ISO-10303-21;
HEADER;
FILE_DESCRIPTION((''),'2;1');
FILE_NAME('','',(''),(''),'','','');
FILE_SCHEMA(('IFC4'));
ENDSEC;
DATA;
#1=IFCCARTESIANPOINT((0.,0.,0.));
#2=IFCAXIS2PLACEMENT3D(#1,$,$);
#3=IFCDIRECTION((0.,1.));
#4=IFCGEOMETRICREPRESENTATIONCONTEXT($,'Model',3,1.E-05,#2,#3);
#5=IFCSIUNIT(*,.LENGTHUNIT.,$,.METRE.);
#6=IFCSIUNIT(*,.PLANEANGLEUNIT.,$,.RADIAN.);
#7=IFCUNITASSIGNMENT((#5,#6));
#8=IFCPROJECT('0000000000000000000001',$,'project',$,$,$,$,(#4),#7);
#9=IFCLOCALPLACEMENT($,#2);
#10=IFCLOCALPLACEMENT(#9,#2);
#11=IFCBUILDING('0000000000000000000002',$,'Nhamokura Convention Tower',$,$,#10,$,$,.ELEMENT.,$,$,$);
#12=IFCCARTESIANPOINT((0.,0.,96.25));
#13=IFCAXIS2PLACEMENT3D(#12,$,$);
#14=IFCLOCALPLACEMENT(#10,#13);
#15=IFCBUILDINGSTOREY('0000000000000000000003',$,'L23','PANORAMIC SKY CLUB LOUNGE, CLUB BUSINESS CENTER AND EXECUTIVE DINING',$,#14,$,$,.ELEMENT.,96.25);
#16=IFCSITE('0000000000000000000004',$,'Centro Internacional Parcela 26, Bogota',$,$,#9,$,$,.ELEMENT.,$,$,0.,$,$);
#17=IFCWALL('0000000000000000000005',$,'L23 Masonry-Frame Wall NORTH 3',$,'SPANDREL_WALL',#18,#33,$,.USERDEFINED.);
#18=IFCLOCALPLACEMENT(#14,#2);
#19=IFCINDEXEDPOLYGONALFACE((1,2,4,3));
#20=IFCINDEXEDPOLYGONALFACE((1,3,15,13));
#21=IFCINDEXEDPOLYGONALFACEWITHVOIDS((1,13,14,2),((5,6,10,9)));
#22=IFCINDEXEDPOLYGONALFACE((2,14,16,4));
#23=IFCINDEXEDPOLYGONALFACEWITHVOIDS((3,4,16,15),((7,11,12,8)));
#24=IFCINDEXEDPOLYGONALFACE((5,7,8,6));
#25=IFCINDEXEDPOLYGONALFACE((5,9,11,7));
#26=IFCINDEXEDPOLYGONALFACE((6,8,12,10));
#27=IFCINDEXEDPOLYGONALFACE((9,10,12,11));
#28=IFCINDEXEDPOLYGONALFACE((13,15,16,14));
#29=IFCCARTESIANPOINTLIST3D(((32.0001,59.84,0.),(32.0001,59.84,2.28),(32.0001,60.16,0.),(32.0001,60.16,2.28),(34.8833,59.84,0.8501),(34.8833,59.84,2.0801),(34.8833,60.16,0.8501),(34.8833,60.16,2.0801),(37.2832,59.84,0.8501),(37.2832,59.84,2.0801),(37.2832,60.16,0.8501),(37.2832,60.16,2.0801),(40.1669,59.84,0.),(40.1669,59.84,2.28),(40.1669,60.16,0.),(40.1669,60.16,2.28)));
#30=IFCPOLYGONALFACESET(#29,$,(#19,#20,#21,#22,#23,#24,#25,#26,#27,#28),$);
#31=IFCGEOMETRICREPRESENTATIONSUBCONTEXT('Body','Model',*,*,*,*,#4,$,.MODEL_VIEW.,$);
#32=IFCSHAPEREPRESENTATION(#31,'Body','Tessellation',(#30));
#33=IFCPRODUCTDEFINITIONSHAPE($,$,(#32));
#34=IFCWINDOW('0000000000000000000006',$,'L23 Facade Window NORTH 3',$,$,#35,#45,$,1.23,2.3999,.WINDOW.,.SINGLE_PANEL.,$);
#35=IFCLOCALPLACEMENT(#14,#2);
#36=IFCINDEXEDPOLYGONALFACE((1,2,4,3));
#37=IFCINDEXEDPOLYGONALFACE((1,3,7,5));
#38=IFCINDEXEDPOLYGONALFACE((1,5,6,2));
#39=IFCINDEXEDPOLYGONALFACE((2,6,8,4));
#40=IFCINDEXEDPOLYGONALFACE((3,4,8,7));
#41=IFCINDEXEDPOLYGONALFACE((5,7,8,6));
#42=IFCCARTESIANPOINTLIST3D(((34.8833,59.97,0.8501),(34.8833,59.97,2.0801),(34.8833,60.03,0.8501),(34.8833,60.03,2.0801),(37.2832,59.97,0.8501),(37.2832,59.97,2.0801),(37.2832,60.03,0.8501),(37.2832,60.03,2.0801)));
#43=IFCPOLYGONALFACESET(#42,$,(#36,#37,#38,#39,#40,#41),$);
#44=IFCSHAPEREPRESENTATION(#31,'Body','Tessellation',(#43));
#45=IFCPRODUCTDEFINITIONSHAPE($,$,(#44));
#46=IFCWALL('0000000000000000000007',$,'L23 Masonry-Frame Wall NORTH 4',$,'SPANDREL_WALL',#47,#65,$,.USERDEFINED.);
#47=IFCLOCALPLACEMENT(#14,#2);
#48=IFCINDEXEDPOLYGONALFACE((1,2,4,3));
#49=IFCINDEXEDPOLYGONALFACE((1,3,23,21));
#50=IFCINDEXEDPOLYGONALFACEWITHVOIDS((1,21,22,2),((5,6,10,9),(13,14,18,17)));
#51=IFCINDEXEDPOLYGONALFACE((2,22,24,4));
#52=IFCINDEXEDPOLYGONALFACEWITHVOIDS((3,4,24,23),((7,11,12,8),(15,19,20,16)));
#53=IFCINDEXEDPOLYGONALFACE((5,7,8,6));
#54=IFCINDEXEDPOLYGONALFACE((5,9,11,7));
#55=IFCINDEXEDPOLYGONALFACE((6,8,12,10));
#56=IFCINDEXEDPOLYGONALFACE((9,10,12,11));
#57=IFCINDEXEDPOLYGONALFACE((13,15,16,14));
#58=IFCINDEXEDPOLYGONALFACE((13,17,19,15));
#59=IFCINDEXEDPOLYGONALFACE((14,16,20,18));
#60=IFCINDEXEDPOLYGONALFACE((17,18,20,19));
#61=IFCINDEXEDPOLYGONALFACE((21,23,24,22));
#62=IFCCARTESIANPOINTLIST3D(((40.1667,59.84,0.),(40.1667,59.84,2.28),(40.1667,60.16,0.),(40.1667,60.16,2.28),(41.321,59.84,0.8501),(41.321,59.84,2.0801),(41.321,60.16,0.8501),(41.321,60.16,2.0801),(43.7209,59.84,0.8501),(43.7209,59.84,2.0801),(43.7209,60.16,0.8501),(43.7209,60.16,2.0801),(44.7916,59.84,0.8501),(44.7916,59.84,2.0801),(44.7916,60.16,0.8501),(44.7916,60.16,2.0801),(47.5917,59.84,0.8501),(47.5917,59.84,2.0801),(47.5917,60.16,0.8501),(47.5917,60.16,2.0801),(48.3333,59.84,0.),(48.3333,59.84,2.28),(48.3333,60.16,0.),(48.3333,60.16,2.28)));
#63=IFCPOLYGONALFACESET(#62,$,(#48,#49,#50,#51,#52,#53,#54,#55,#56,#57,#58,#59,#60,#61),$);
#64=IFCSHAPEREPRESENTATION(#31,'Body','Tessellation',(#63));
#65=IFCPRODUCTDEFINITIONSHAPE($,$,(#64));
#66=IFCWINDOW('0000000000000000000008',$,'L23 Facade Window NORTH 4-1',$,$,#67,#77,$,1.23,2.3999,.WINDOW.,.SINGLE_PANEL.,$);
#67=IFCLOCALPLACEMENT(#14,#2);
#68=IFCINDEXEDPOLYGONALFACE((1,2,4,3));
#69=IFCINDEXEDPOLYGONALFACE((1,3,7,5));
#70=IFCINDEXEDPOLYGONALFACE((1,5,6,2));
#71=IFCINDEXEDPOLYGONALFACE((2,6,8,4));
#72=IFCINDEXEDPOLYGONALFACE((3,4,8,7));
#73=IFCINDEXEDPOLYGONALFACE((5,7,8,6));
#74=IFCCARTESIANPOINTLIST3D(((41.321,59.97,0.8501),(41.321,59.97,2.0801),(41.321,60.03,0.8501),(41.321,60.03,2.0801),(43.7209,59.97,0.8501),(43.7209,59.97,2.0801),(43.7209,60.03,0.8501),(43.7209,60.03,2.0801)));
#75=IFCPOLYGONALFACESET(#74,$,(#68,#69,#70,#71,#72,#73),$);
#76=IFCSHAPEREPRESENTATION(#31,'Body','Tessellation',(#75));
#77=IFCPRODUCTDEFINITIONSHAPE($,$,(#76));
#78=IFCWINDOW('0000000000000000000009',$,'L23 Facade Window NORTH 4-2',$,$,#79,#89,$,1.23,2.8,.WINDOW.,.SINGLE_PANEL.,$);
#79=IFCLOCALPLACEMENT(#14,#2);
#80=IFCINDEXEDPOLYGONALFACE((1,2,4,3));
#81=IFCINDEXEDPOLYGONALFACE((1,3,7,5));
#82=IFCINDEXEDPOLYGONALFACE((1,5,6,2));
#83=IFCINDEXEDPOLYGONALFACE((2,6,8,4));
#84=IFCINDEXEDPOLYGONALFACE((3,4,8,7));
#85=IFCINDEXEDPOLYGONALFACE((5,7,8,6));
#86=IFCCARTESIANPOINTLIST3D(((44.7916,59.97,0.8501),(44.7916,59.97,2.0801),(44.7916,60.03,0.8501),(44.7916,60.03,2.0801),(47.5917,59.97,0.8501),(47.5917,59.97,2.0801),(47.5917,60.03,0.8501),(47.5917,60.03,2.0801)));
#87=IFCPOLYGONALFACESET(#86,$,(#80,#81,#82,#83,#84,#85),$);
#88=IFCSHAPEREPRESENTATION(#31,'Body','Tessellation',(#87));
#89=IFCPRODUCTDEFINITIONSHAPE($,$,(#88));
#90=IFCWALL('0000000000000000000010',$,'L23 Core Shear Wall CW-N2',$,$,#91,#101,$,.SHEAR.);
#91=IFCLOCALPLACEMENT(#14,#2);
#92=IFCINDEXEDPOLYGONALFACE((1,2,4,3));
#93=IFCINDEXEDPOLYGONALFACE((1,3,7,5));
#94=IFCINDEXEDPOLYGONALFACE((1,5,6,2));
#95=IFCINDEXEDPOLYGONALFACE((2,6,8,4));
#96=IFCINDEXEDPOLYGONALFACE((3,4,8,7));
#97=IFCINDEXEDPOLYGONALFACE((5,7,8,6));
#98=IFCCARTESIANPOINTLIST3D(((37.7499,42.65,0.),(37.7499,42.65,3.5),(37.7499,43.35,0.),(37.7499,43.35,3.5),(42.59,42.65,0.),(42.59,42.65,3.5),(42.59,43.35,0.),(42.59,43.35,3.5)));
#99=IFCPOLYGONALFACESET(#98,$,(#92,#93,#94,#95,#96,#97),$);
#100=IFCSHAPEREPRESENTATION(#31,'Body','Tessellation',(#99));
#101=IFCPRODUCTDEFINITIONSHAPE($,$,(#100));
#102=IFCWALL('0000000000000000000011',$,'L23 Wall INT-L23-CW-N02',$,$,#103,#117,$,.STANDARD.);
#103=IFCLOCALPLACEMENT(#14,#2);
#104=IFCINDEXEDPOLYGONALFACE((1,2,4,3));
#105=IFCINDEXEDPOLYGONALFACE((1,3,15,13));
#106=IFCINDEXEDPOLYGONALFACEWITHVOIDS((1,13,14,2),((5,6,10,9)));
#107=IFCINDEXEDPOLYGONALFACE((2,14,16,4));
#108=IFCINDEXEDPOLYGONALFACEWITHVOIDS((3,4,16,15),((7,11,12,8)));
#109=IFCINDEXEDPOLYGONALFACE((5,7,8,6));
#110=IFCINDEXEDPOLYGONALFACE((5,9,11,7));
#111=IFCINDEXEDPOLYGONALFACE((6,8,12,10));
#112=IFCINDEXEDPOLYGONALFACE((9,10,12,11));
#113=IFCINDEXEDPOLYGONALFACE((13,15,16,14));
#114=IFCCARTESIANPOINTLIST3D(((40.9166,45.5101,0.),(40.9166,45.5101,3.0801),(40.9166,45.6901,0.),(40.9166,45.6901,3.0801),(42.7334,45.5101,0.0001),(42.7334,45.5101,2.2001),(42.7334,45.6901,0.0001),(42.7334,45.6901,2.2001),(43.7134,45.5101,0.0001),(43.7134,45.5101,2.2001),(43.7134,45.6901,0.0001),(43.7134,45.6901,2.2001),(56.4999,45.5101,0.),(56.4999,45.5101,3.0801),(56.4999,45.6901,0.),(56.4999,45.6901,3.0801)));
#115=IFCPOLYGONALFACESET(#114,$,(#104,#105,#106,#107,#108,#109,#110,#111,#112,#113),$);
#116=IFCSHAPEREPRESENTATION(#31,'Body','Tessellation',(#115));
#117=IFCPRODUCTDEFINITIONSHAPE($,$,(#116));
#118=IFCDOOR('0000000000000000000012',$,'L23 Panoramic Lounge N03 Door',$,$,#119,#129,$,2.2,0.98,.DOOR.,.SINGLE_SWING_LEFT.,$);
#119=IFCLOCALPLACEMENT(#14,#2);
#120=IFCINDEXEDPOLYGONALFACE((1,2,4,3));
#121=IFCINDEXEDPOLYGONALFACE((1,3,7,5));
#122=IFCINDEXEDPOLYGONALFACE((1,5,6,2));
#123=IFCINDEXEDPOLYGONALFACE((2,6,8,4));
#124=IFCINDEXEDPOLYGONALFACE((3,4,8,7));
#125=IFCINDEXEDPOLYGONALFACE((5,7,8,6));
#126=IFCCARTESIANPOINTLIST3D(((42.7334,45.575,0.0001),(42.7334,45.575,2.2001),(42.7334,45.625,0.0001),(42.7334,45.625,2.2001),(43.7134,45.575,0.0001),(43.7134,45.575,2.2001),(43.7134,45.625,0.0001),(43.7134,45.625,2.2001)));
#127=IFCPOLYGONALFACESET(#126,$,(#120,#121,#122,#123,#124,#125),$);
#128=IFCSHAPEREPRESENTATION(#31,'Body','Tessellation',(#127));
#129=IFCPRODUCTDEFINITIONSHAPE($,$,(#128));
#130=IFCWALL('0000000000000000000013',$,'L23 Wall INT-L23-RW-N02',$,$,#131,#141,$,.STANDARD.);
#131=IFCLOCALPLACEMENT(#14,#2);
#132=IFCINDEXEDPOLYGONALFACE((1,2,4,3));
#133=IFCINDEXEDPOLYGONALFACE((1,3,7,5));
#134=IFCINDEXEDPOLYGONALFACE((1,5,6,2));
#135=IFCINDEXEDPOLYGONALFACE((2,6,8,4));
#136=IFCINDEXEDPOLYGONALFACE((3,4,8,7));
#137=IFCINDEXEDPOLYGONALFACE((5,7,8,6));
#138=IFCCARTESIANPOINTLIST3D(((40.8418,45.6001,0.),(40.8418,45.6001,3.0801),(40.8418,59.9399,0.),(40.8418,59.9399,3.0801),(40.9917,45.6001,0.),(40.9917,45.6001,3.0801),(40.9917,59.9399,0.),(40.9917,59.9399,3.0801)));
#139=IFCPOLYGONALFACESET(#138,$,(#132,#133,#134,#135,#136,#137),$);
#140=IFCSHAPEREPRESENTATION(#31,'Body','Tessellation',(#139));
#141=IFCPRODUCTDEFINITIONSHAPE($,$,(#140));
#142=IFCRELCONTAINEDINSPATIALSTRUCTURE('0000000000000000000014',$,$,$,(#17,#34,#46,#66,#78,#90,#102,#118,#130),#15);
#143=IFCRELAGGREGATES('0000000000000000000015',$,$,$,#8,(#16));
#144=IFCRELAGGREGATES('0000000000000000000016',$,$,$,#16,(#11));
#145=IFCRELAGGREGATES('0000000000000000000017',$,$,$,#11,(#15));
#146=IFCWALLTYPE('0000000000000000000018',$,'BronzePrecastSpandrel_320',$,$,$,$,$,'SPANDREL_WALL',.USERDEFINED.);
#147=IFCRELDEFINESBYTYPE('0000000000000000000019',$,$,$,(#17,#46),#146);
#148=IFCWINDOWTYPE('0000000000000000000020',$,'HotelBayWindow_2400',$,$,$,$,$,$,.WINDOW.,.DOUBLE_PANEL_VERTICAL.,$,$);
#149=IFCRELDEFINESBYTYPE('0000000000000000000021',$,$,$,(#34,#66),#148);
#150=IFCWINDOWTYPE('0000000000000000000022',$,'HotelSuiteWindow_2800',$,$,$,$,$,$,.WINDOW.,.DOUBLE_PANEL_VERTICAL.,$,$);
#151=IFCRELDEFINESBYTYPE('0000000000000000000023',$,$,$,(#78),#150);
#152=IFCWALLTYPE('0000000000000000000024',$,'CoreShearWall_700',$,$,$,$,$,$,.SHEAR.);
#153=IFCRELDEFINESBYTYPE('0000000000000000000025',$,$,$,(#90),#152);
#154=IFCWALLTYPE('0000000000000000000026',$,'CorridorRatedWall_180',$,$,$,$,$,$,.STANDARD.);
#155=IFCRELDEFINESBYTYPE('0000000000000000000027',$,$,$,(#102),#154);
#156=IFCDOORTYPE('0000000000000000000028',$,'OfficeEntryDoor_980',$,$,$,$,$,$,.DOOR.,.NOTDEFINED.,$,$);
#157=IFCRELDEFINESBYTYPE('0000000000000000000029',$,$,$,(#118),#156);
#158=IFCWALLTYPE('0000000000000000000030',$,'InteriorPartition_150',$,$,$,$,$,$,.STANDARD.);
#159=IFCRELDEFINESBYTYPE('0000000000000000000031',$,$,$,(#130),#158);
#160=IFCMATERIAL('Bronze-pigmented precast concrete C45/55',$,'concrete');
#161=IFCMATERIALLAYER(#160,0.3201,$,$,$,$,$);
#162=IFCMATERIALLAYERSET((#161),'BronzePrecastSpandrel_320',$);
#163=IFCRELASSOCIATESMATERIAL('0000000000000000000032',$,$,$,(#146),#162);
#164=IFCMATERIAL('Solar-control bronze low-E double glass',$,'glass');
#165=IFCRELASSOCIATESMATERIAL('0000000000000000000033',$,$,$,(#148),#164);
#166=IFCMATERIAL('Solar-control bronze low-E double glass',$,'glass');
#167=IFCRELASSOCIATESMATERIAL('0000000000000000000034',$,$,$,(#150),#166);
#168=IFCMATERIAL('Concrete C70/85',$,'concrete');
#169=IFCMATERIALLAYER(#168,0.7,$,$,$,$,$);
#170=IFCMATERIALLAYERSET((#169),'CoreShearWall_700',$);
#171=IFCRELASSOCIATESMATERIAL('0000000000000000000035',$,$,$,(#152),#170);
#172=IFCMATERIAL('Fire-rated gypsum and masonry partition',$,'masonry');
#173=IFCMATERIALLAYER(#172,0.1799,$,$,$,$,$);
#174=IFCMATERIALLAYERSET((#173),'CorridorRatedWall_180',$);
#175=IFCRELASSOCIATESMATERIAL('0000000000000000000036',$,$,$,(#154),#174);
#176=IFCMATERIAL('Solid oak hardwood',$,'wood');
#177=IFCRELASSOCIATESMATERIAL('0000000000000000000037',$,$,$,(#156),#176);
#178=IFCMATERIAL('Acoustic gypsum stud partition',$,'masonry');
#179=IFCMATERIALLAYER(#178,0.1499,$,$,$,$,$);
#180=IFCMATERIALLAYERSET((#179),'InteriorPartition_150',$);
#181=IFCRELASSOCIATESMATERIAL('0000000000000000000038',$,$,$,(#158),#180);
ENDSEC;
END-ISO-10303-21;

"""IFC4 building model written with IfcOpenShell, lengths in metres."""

from ifc_helpers import new_model, si_unit, direction, frame, frame_2d, origin, place, context, subcontext, project, spatial, rectangle, extrude, material, layer, layer_set, type_object, element, fill, save


model = new_model("IFC4")

# Units and contexts
model_context = context("Model", 3, precision=1e-05, world=origin(), true_north=direction((0.0, 1.0)))
body_context = subcontext(model_context, "Body", "Model", "MODEL_VIEW")
ifc_project = project(units=[si_unit("LENGTHUNIT", "METRE"), si_unit("PLANEANGLEUNIT", "RADIAN")], contexts=[model_context])

# Site, building, storey
site_placement = place(None, origin())
site = spatial("IfcSite", under=ifc_project, at=site_placement, Name="Centro Internacional Parcela 26, Bogota", CompositionType="ELEMENT", RefElevation=0.0)
building_placement = place(site_placement, origin())
building = spatial("IfcBuilding", under=site, at=building_placement, Name="Nhamokura Convention Tower", CompositionType="ELEMENT")
storey_placement = place(building_placement, frame((0.0, 0.0, 96.25)))
storey = spatial("IfcBuildingStorey", under=building, at=storey_placement, Name="L23", Description="PANORAMIC SKY CLUB LOUNGE, CLUB BUSINESS CENTER AND EXECUTIVE DINING", CompositionType="ELEMENT", Elevation=96.25)

# Wall, opening, window
ifc_material_1 = material(Name="Bronze-pigmented precast concrete C45/55", Category="concrete")
ifc_layer_1 = layer(ifc_material_1, 0.3201)
ifc_layer_set_1 = layer_set([ifc_layer_1], Name="BronzePrecastSpandrel_320")
wall_type_1 = type_object("IfcWallType", Name="BronzePrecastSpandrel_320", ElementType="SPANDREL_WALL", PredefinedType="USERDEFINED", material=ifc_layer_set_1)
wall_1_placement = place(storey_placement, frame((32.0, 60.0, 0.0), z_axis=(0.0, 0.0, 1.0), x_axis=(1.0, 0.0, 0.0)))
wall_1 = element("IfcWall", 1, at=wall_1_placement, inside=storey, type_object=wall_type_1, Name="L23 Masonry-Frame Wall NORTH 3", ObjectType="SPANDREL_WALL", PredefinedType="USERDEFINED", context=body_context, shape_type="SweptSolid", body=[
    extrude(rectangle(XDim=8.1667, YDim=0.3201, at=frame_2d((4.0835, 0.0))), origin(), (0.0, 0.0, 1.0), 2.28),
])
opening_1_placement = place(wall_1_placement, frame((2.8833, 0.0, 0.8501)))
opening_1 = element("IfcOpeningElement", 2, at=opening_1_placement, cuts=wall_1, PredefinedType="OPENING", context=body_context, shape_type="SweptSolid", body=[
    extrude(rectangle(XDim=2.3999, YDim=1.23, at=frame_2d((1.2, 0.615))), frame((0.0, 0.1699, 0.0), z_axis=(0.0, -1.0, 0.0), x_axis=(1.0, 0.0, 0.0)), (0.0, 0.0, 1.0), 0.3401),
])
ifc_material_2 = material(Name="Solar-control bronze low-E double glass", Category="glass")
window_type_1 = type_object("IfcWindowType", Name="HotelBayWindow_2400", PartitioningType="DOUBLE_PANEL_VERTICAL", PredefinedType="WINDOW", material=ifc_material_2)
window_1_placement = place(opening_1_placement, origin())
window_1 = element("IfcWindow", 3, at=window_1_placement, inside=storey, type_object=window_type_1, Name="L23 Facade Window NORTH 3", OverallHeight=1.23, OverallWidth=2.3999, PartitioningType="SINGLE_PANEL", PredefinedType="WINDOW", context=body_context, shape_type="SweptSolid", body=[
    extrude(rectangle(XDim=2.3999, YDim=1.23, at=frame_2d((1.2, 0.615))), frame((0.0, 0.03, 0.0), z_axis=(0.0, -1.0, 0.0), x_axis=(1.0, 0.0, 0.0)), (0.0, 0.0, 1.0), 0.0601),
])
fill(opening_1, window_1)

# Wall, openings, windows
wall_2_placement = place(storey_placement, frame((40.1667, 60.0, 0.0), z_axis=(0.0, 0.0, 1.0), x_axis=(1.0, 0.0, 0.0)))
wall_2 = element("IfcWall", 4, at=wall_2_placement, inside=storey, type_object=wall_type_1, Name="L23 Masonry-Frame Wall NORTH 4", ObjectType="SPANDREL_WALL", PredefinedType="USERDEFINED", context=body_context, shape_type="SweptSolid", body=[
    extrude(rectangle(XDim=8.1665, YDim=0.3201, at=frame_2d((4.0833, 0.0))), origin(), (0.0, 0.0, 1.0), 2.28),
])
opening_2_placement = place(wall_2_placement, frame((1.1543, 0.0, 0.8501)))
opening_2 = element("IfcOpeningElement", 5, at=opening_2_placement, cuts=wall_2, PredefinedType="OPENING", context=body_context, shape_type="SweptSolid", body=[
    extrude(rectangle(XDim=2.3999, YDim=1.23, at=frame_2d((1.2, 0.615))), frame((0.0, 0.1699, 0.0), z_axis=(0.0, -1.0, 0.0), x_axis=(1.0, 0.0, 0.0)), (0.0, 0.0, 1.0), 0.3401),
])
opening_3_placement = place(wall_2_placement, frame((4.625, 0.0, 0.8501)))
opening_3 = element("IfcOpeningElement", 6, at=opening_3_placement, cuts=wall_2, PredefinedType="OPENING", context=body_context, shape_type="SweptSolid", body=[
    extrude(rectangle(XDim=2.8, YDim=1.23, at=frame_2d((1.3999, 0.615))), frame((0.0, 0.1699, 0.0), z_axis=(0.0, -1.0, 0.0), x_axis=(1.0, 0.0, 0.0)), (0.0, 0.0, 1.0), 0.3401),
])
window_2_placement = place(opening_2_placement, origin())
window_2 = element("IfcWindow", 7, at=window_2_placement, inside=storey, type_object=window_type_1, Name="L23 Facade Window NORTH 4-1", OverallHeight=1.23, OverallWidth=2.3999, PartitioningType="SINGLE_PANEL", PredefinedType="WINDOW", context=body_context, shape_type="SweptSolid", body=[
    extrude(rectangle(XDim=2.3999, YDim=1.23, at=frame_2d((1.2, 0.615))), frame((0.0, 0.03, 0.0), z_axis=(0.0, -1.0, 0.0), x_axis=(1.0, 0.0, 0.0)), (0.0, 0.0, 1.0), 0.0601),
])
fill(opening_2, window_2)
ifc_material_3 = material(Name="Solar-control bronze low-E double glass", Category="glass")
window_type_2 = type_object("IfcWindowType", Name="HotelSuiteWindow_2800", PartitioningType="DOUBLE_PANEL_VERTICAL", PredefinedType="WINDOW", material=ifc_material_3)
window_3_placement = place(opening_3_placement, origin())
window_3 = element("IfcWindow", 8, at=window_3_placement, inside=storey, type_object=window_type_2, Name="L23 Facade Window NORTH 4-2", OverallHeight=1.23, OverallWidth=2.8, PartitioningType="SINGLE_PANEL", PredefinedType="WINDOW", context=body_context, shape_type="SweptSolid", body=[
    extrude(rectangle(XDim=2.8, YDim=1.23, at=frame_2d((1.3999, 0.615))), frame((0.0, 0.03, 0.0), z_axis=(0.0, -1.0, 0.0), x_axis=(1.0, 0.0, 0.0)), (0.0, 0.0, 1.0), 0.0601),
])
fill(opening_3, window_3)

# Wall
ifc_material_4 = material(Name="Concrete C70/85", Category="concrete")
ifc_layer_2 = layer(ifc_material_4, 0.7)
ifc_layer_set_2 = layer_set([ifc_layer_2], Name="CoreShearWall_700")
wall_type_2 = type_object("IfcWallType", Name="CoreShearWall_700", PredefinedType="SHEAR", material=ifc_layer_set_2)
wall_3_placement = place(storey_placement, frame((37.75, 43.0, 0.0), z_axis=(0.0, 0.0, 1.0), x_axis=(1.0, 0.0, 0.0)))
element("IfcWall", 9, at=wall_3_placement, inside=storey, type_object=wall_type_2, Name="L23 Core Shear Wall CW-N2", PredefinedType="SHEAR", context=body_context, shape_type="SweptSolid", body=[
    extrude(rectangle(XDim=4.8401, YDim=0.7, at=frame_2d((2.4199, 0.0))), origin(), (0.0, 0.0, 1.0), 3.5),
])

# Wall, opening, door
ifc_material_5 = material(Name="Fire-rated gypsum and masonry partition", Category="masonry")
ifc_layer_3 = layer(ifc_material_5, 0.1799)
ifc_layer_set_3 = layer_set([ifc_layer_3], Name="CorridorRatedWall_180")
wall_type_3 = type_object("IfcWallType", Name="CorridorRatedWall_180", PredefinedType="STANDARD", material=ifc_layer_set_3)
wall_4_placement = place(storey_placement, frame((40.9167, 45.6001, 0.0), z_axis=(0.0, 0.0, 1.0), x_axis=(1.0, 0.0, 0.0)))
wall_4 = element("IfcWall", 10, at=wall_4_placement, inside=storey, type_object=wall_type_3, Name="L23 Wall INT-L23-CW-N02", PredefinedType="STANDARD", context=body_context, shape_type="SweptSolid", body=[
    extrude(rectangle(XDim=15.5833, YDim=0.1799, at=frame_2d((7.7915, 0.0))), origin(), (0.0, 0.0, 1.0), 3.0801),
])
opening_4_placement = place(wall_4_placement, frame((1.8167, 0.0, 0.0)))
opening_4 = element("IfcOpeningElement", 11, at=opening_4_placement, cuts=wall_4, PredefinedType="OPENING", context=body_context, shape_type="SweptSolid", body=[
    extrude(rectangle(XDim=0.98, YDim=2.2, at=frame_2d((0.49, 1.1001))), frame((0.0, 0.0999, 0.0), z_axis=(0.0, -1.0, 0.0), x_axis=(1.0, 0.0, 0.0)), (0.0, 0.0, 1.0), 0.2),
])
ifc_material_6 = material(Name="Solid oak hardwood", Category="wood")
door_type = type_object("IfcDoorType", Name="OfficeEntryDoor_980", OperationType="NOTDEFINED", PredefinedType="DOOR", material=ifc_material_6)
door_placement = place(opening_4_placement, origin())
door = element("IfcDoor", 12, at=door_placement, inside=storey, type_object=door_type, Name="L23 Panoramic Lounge N03 Door", OperationType="SINGLE_SWING_LEFT", OverallHeight=2.2, OverallWidth=0.98, PredefinedType="DOOR", context=body_context, shape_type="SweptSolid", body=[
    extrude(rectangle(XDim=0.98, YDim=2.2, at=frame_2d((0.49, 1.1001))), frame((0.0, 0.0249, 0.0), z_axis=(0.0, -1.0, 0.0), x_axis=(1.0, 0.0, 0.0)), (0.0, 0.0, 1.0), 0.05),
])
fill(opening_4, door)

# Wall
ifc_material_7 = material(Name="Acoustic gypsum stud partition", Category="masonry")
ifc_layer_4 = layer(ifc_material_7, 0.1499)
ifc_layer_set_4 = layer_set([ifc_layer_4], Name="InteriorPartition_150")
wall_type_4 = type_object("IfcWallType", Name="InteriorPartition_150", PredefinedType="STANDARD", material=ifc_layer_set_4)
wall_5_placement = place(storey_placement, frame((40.9167, 45.6001, 0.0), z_axis=(0.0, 0.0, 1.0), x_axis=(0.0, 1.0, 0.0)))
element("IfcWall", 13, at=wall_5_placement, inside=storey, type_object=wall_type_4, Name="L23 Wall INT-L23-RW-N02", PredefinedType="STANDARD", context=body_context, shape_type="SweptSolid", body=[
    extrude(rectangle(XDim=14.3398, YDim=0.1499, at=frame_2d((7.1699, 0.0))), origin(), (0.0, 0.0, 1.0), 3.0801),
])

save(model, "model.ifc")
